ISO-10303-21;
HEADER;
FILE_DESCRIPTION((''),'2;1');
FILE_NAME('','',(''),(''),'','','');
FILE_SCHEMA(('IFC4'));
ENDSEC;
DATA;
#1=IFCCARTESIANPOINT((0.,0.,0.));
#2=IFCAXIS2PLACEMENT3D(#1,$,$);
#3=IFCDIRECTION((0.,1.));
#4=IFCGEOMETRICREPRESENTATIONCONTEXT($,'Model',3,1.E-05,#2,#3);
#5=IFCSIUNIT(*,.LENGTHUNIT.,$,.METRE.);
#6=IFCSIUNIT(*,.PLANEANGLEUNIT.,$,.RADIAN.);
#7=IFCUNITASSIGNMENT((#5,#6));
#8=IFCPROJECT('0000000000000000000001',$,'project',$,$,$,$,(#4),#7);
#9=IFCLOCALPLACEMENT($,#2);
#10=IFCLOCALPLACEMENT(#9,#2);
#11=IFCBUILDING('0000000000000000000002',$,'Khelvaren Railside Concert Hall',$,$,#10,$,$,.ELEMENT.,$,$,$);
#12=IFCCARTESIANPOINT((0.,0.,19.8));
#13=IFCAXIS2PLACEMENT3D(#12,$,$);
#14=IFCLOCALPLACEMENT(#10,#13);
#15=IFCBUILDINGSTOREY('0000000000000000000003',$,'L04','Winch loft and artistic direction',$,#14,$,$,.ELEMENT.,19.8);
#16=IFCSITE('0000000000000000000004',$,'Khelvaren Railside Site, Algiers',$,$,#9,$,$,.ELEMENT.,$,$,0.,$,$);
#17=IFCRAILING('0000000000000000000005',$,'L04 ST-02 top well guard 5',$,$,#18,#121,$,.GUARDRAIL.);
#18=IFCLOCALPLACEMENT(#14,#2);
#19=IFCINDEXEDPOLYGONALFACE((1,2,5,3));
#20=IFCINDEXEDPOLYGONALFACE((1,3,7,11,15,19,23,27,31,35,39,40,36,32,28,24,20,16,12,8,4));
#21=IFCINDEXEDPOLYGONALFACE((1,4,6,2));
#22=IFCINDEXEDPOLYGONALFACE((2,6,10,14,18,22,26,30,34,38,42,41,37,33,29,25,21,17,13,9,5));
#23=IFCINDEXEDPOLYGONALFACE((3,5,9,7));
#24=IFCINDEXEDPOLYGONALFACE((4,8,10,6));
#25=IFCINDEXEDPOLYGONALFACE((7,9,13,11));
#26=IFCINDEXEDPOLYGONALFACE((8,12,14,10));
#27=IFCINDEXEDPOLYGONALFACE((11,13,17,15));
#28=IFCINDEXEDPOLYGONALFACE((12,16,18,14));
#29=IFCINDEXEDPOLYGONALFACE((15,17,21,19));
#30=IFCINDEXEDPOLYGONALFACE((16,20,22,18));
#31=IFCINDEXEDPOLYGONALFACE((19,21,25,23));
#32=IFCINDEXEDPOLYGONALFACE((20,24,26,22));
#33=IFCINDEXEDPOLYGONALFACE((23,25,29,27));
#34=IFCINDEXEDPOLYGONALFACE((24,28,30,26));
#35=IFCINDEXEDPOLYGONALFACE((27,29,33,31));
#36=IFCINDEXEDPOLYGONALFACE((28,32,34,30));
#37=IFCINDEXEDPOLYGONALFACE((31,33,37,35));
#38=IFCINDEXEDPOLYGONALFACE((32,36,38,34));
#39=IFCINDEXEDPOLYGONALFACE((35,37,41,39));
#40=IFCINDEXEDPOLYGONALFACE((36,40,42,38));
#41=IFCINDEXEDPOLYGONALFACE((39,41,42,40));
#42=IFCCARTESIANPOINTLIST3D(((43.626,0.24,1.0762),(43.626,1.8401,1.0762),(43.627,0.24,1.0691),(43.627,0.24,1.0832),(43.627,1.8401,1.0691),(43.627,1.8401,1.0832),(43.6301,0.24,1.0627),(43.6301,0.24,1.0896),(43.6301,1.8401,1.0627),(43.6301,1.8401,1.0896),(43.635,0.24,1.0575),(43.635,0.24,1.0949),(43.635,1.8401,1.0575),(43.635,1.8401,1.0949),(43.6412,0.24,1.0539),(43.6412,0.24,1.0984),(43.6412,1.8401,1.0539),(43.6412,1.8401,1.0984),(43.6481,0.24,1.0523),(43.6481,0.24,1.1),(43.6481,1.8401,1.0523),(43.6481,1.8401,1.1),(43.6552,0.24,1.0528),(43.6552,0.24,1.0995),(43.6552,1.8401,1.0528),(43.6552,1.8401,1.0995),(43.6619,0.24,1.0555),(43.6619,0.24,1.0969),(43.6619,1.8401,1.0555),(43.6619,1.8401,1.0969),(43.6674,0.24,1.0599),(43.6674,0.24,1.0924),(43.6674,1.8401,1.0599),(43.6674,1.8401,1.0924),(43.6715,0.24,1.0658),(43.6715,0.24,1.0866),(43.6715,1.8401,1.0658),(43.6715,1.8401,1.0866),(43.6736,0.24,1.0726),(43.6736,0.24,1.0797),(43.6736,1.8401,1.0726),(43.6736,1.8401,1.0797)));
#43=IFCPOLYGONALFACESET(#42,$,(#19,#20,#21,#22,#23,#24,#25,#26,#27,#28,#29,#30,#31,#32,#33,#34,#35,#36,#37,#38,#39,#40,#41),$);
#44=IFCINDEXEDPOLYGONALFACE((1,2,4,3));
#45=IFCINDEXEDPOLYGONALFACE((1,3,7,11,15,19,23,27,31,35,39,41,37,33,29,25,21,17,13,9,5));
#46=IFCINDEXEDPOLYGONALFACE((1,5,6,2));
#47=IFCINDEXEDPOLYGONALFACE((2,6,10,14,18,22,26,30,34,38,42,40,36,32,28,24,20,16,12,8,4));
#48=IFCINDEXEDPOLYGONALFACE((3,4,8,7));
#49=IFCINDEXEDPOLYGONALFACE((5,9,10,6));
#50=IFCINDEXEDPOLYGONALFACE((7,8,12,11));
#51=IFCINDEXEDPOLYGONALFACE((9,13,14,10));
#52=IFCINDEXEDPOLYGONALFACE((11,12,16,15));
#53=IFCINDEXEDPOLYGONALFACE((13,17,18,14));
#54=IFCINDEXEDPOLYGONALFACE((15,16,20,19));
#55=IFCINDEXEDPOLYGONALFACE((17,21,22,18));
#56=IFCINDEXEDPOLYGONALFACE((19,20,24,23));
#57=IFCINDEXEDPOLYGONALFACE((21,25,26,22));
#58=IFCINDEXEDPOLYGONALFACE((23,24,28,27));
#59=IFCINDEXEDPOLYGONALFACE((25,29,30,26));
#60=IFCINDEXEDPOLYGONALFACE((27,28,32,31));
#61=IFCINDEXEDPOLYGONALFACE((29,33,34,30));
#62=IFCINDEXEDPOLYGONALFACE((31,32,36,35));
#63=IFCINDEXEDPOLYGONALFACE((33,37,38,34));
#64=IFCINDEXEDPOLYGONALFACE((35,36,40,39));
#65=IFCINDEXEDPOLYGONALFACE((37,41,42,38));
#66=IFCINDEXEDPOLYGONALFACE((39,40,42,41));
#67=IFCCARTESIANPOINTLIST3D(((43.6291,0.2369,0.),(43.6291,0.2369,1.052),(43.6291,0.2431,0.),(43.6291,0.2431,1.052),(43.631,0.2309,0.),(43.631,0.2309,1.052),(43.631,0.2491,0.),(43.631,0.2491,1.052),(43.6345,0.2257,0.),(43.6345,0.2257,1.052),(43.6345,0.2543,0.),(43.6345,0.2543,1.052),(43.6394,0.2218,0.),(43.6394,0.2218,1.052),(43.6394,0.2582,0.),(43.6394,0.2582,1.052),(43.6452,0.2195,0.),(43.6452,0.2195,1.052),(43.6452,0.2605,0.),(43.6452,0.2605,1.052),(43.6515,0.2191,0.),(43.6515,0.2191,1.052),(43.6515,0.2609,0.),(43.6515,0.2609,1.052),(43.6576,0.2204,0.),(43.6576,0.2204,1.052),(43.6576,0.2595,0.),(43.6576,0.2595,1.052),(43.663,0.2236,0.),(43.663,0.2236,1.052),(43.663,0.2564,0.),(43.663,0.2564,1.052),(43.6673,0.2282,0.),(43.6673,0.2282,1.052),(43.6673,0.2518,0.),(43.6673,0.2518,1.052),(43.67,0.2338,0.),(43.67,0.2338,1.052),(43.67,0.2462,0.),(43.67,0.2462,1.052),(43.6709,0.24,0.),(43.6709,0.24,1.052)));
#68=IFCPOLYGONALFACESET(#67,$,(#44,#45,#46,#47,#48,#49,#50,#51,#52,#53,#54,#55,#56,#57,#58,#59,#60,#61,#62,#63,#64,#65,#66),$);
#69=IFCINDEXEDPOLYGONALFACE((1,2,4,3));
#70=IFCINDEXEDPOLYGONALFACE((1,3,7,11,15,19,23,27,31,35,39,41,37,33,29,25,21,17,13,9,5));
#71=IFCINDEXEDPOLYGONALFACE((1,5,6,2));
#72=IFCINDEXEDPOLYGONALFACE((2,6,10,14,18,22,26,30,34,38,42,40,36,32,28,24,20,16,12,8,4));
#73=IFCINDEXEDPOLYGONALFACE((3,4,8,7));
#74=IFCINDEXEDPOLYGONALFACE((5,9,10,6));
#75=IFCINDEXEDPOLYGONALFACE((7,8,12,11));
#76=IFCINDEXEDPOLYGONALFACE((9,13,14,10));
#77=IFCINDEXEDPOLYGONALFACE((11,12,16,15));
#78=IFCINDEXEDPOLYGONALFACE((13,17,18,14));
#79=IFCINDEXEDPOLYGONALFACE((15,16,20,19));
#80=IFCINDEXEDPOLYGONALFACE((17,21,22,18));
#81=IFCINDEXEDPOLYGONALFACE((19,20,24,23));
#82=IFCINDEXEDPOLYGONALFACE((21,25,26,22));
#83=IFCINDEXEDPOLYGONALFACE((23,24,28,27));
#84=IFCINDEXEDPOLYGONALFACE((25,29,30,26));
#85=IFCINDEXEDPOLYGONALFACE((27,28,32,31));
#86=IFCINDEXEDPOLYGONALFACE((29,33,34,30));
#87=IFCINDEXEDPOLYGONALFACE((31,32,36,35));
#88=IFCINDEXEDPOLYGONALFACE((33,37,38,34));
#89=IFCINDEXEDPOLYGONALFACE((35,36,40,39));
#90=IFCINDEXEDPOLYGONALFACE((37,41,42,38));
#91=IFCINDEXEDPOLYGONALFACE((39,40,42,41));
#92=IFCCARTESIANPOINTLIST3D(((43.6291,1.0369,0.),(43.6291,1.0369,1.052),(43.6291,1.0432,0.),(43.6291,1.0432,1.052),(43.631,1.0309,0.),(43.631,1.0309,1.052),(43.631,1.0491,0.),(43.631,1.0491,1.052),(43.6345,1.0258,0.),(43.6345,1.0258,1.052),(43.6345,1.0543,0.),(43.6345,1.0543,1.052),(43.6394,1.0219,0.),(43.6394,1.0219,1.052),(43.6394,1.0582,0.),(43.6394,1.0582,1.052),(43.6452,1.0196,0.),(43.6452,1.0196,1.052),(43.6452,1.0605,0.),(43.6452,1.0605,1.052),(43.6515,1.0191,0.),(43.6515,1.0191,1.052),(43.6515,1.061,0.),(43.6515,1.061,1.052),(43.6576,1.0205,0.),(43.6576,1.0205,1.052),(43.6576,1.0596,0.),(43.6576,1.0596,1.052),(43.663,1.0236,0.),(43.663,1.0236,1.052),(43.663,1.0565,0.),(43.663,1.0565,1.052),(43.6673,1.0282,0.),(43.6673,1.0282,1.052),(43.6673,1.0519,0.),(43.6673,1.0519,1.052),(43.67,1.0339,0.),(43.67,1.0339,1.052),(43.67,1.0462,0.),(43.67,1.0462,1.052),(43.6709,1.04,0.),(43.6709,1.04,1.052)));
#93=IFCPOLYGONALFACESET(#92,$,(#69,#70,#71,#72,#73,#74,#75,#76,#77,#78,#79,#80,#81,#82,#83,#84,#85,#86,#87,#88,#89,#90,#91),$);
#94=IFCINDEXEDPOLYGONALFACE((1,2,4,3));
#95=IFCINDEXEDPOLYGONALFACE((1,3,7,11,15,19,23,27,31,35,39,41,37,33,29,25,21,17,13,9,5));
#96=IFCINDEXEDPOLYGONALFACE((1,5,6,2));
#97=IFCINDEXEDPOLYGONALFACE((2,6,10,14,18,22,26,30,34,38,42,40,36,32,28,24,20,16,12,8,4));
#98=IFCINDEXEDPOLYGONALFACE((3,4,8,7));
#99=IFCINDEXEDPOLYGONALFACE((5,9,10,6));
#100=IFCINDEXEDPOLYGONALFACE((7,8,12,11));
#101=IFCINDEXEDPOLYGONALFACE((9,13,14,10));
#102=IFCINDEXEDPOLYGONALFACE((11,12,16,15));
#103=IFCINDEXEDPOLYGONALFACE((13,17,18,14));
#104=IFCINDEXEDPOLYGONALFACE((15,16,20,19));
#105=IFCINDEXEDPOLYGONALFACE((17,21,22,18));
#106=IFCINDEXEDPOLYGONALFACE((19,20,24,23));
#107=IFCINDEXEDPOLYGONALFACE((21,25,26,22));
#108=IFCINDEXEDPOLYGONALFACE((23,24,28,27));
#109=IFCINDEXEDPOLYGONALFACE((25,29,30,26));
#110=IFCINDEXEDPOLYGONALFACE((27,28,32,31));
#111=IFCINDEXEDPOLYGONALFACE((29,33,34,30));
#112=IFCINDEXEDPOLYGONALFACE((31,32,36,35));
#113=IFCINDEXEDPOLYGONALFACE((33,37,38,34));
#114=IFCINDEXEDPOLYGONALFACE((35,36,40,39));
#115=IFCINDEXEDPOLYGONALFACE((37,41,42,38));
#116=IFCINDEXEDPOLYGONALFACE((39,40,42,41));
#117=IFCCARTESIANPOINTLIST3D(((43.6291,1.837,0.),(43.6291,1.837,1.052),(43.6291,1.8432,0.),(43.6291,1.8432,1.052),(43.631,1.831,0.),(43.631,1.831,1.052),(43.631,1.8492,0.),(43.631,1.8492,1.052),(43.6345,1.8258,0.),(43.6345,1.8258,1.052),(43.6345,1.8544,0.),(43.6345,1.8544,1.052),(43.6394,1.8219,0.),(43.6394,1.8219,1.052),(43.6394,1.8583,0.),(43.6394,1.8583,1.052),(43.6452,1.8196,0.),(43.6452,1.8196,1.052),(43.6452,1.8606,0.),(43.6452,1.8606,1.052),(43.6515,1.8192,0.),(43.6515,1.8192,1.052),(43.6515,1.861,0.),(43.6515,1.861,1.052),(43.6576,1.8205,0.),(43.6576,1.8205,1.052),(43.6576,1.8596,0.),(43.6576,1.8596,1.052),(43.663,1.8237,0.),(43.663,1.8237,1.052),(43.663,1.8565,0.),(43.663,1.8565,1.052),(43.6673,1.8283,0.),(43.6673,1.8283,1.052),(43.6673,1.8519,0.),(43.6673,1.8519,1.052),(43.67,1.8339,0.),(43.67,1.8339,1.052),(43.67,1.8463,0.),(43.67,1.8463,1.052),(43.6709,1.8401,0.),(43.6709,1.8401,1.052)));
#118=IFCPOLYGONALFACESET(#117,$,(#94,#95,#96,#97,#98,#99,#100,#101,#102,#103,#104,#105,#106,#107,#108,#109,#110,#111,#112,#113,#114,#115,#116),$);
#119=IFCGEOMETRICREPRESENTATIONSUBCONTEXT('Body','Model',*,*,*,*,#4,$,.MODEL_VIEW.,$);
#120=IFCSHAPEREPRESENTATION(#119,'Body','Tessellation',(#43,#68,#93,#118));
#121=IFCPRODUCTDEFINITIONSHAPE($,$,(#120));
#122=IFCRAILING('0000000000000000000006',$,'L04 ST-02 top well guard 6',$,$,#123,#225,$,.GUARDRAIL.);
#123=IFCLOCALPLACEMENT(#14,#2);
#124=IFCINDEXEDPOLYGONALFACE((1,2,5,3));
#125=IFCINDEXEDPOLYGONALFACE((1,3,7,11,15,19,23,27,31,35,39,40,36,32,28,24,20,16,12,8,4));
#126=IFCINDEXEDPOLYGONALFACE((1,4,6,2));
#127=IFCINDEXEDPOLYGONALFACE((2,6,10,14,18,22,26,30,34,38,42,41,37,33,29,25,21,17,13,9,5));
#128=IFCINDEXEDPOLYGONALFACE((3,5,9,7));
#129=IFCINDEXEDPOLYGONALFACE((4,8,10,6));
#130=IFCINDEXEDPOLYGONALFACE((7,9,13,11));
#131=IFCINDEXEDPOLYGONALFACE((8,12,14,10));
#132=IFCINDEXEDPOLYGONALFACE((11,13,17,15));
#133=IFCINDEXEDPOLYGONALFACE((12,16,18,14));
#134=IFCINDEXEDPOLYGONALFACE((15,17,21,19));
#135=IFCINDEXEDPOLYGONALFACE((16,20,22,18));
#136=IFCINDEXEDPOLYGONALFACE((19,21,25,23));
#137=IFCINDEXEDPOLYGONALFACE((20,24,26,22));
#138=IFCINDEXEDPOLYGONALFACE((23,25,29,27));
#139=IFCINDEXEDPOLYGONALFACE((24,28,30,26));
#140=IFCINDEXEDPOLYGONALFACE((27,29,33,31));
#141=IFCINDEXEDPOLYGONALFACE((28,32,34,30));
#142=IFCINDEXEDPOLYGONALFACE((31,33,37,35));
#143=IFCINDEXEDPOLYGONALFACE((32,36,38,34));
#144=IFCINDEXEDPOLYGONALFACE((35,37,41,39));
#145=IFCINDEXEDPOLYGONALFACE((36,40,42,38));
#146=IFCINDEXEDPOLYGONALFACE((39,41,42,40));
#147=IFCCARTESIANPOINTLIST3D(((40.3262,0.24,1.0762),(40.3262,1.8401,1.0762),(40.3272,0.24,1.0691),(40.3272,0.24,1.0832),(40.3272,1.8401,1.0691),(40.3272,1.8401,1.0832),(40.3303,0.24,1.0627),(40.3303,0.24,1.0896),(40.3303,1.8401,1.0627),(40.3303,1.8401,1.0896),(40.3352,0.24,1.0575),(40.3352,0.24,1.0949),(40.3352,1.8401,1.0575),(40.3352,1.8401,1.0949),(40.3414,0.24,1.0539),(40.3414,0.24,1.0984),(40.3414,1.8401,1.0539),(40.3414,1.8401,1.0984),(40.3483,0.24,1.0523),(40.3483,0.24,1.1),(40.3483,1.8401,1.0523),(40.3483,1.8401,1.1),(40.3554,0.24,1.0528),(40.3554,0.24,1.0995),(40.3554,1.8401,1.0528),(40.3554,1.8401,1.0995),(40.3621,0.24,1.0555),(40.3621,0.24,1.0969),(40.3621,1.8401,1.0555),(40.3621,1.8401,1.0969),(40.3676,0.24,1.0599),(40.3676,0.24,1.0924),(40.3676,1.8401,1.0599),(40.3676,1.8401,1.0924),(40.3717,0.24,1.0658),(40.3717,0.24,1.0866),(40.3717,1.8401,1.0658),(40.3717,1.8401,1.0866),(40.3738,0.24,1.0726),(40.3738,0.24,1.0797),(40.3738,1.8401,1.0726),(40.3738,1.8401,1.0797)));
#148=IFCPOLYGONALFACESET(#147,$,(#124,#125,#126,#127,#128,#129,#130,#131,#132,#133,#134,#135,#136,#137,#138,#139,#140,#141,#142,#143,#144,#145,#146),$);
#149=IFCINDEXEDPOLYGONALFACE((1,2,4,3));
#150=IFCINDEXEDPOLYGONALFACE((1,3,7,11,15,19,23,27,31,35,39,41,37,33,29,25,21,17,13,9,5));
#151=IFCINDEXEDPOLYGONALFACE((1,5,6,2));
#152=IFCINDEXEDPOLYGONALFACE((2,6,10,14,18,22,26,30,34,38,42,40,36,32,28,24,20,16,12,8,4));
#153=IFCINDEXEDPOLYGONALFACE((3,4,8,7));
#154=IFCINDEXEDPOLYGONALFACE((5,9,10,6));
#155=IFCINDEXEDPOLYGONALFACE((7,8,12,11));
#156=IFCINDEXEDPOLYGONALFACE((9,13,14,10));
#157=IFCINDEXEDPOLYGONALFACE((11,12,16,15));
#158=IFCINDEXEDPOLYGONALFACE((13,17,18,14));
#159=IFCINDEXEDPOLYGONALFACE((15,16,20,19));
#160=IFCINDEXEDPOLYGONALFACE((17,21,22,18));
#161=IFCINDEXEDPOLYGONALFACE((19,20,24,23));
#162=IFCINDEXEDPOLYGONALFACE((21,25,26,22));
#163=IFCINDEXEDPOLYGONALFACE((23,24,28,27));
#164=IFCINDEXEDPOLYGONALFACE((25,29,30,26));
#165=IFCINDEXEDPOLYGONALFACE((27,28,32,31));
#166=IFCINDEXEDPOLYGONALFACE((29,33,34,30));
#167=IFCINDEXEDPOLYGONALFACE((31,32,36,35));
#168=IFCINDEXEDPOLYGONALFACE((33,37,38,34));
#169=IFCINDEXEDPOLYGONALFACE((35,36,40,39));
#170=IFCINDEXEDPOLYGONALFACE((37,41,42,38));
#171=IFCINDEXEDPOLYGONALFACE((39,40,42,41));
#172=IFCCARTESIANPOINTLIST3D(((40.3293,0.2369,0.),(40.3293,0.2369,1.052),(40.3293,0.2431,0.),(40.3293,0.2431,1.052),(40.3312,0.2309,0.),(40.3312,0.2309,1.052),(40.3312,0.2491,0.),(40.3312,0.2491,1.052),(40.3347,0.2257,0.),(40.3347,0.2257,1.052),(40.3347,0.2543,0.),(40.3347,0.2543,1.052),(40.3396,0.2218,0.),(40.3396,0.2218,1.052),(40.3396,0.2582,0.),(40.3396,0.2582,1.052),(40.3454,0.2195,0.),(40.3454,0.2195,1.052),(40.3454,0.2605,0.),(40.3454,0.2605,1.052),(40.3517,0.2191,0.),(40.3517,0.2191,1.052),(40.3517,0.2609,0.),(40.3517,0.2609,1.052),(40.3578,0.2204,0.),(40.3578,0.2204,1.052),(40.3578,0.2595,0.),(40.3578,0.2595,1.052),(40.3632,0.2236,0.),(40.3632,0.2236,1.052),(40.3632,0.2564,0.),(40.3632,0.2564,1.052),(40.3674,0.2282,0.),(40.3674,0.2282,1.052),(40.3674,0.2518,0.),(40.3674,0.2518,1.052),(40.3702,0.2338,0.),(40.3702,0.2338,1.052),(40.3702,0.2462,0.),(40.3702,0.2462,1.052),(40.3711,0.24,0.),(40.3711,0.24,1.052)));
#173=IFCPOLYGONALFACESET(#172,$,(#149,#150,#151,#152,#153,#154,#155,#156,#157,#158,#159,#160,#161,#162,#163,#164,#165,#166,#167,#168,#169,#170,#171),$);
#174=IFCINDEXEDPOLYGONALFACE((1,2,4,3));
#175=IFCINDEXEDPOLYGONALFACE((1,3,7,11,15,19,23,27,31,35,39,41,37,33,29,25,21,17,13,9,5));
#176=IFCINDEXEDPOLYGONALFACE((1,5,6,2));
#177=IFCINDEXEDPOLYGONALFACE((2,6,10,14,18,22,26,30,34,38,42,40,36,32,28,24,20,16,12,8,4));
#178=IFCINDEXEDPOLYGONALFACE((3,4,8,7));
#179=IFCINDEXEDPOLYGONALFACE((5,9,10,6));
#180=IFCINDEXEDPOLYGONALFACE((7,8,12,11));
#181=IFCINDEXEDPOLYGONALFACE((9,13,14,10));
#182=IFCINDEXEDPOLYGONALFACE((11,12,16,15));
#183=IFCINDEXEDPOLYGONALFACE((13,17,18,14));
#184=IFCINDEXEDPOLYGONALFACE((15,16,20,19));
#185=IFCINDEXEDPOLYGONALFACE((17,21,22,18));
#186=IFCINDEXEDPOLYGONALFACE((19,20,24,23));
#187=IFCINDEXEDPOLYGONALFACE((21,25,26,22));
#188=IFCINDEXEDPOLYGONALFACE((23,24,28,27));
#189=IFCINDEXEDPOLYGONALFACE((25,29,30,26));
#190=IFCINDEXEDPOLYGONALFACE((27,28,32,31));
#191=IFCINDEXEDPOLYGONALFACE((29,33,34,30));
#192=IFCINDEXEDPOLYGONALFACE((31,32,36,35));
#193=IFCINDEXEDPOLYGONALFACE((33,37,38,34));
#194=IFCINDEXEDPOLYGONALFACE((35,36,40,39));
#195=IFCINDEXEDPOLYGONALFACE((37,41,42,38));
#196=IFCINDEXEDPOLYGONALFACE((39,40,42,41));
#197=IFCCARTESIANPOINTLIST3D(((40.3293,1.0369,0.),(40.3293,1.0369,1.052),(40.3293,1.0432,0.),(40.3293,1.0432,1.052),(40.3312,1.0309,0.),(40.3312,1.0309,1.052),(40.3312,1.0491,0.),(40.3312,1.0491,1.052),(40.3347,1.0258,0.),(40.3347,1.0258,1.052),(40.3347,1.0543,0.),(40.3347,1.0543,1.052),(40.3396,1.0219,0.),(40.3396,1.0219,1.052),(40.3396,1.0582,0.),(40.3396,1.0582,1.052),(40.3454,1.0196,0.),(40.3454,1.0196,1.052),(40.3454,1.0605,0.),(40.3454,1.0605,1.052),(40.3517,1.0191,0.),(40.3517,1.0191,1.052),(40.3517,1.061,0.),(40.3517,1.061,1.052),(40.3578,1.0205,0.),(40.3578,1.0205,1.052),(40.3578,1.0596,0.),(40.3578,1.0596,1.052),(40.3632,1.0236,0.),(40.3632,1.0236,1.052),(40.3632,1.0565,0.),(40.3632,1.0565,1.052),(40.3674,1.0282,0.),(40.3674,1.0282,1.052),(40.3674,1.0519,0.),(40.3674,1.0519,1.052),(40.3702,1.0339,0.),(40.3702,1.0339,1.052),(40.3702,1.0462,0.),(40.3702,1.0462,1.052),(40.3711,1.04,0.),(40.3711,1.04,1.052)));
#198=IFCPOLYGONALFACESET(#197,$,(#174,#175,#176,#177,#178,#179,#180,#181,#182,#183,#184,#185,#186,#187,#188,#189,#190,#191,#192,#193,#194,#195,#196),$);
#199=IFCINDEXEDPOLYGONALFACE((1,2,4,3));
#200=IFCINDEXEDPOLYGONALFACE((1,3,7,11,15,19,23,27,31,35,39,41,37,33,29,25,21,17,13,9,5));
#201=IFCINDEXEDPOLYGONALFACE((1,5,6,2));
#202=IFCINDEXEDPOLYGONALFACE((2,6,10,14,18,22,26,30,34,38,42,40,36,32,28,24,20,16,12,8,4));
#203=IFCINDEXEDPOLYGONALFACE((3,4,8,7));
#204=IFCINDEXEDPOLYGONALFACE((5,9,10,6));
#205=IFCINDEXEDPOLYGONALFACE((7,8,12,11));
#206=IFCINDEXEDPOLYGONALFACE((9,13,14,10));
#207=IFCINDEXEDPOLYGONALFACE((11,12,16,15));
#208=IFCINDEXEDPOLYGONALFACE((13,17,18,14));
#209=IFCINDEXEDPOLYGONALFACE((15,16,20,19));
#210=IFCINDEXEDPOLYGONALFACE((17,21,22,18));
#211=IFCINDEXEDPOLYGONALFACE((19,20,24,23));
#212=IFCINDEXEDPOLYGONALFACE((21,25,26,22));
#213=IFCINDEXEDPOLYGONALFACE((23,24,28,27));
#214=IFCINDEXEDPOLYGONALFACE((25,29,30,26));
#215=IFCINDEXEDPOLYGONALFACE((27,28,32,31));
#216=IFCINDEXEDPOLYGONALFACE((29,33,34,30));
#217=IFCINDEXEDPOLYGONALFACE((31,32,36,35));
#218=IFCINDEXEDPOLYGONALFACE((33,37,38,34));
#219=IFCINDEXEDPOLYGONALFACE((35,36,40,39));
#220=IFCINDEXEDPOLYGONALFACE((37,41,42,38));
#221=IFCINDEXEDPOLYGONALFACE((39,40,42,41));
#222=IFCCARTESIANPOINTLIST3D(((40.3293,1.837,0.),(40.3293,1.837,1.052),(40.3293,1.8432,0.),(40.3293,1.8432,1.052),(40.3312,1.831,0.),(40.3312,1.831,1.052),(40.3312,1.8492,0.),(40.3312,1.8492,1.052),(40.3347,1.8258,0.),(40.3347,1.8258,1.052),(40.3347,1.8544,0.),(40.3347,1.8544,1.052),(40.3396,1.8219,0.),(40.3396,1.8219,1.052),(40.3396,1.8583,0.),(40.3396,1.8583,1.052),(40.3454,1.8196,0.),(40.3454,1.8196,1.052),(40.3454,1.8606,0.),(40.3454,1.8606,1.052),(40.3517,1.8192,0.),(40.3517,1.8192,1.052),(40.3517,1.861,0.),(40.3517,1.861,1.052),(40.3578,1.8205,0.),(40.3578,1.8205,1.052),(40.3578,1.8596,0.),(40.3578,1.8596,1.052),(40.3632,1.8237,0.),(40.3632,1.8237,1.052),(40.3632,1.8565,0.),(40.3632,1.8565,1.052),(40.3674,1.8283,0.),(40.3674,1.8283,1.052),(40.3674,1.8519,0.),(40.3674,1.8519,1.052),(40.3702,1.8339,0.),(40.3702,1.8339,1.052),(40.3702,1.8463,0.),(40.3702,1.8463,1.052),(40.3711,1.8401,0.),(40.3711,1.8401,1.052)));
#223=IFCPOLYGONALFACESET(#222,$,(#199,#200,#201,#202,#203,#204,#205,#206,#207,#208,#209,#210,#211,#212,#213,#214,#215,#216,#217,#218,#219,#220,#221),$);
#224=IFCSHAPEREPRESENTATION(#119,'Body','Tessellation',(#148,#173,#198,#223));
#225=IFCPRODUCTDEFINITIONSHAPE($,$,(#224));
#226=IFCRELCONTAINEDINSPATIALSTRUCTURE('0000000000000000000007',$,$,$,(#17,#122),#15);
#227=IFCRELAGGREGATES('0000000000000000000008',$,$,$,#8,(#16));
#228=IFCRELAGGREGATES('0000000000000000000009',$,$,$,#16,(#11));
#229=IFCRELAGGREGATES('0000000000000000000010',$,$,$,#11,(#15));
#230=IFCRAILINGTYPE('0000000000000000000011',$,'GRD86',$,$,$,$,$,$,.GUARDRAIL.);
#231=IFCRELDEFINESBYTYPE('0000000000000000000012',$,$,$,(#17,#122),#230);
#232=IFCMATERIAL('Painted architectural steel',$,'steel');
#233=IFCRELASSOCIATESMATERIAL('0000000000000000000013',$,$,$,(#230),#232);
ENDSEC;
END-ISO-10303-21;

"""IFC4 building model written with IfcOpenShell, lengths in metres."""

from ifc_helpers import new_model, si_unit, direction, frame, origin, origin_2d, place, context, subcontext, project, spatial, circle, extrude, material, type_object, element, save


model = new_model("IFC4")

# Units and contexts
model_context = context("Model", 3, precision=1e-05, world=origin(), true_north=direction((0.0, 1.0)))
body_context = subcontext(model_context, "Body", "Model", "MODEL_VIEW")
ifc_project = project(units=[si_unit("LENGTHUNIT", "METRE"), si_unit("PLANEANGLEUNIT", "RADIAN")], contexts=[model_context])

# Site, building, storey
site_placement = place(None, origin())
site = spatial("IfcSite", under=ifc_project, at=site_placement, Name="Khelvaren Railside Site, Algiers", CompositionType="ELEMENT", RefElevation=0.0)
building_placement = place(site_placement, origin())
building = spatial("IfcBuilding", under=site, at=building_placement, Name="Khelvaren Railside Concert Hall", CompositionType="ELEMENT")
storey_placement = place(building_placement, frame((0.0, 0.0, 19.8)))
storey = spatial("IfcBuildingStorey", under=building, at=storey_placement, Name="L04", Description="Winch loft and artistic direction", CompositionType="ELEMENT", Elevation=19.8)

# Railings
ifc_material_1 = material(Name="Painted architectural steel", Category="steel")
railing_type = type_object("IfcRailingType", Name="GRD86", PredefinedType="GUARDRAIL", material=ifc_material_1)
for number, where, name in (
    (1, (43.6499, 0.24, 0.0), "L04 ST-02 top well guard 5"),
    (2, (40.3501, 0.24, 0.0), "L04 ST-02 top well guard 6"),
):
    element("IfcRailing", number, at=place(storey_placement, frame(where)), inside=storey, type_object=railing_type, Name=name, PredefinedType="GUARDRAIL", context=body_context, shape_type="SweptSolid", body=[
        extrude(circle(Radius=0.0239, at=origin_2d()), frame((0.0, 0.0, 1.0762), z_axis=(0.0, 1.0, 0.0), x_axis=(-1.0, 0.0, 0.0)), (0.0, 0.0, 1.0), 1.6001),
        extrude(circle(Radius=0.021, at=origin_2d()), origin(), (0.0, 0.0, 1.0), 1.052),
        extrude(circle(Radius=0.021, at=origin_2d()), frame((0.0, 0.8, 0.0)), (0.0, 0.0, 1.0), 1.052),
        extrude(circle(Radius=0.021, at=origin_2d()), frame((0.0, 1.6001, 0.0)), (0.0, 0.0, 1.0), 1.052),
    ])

save(model, "model.ifc")
